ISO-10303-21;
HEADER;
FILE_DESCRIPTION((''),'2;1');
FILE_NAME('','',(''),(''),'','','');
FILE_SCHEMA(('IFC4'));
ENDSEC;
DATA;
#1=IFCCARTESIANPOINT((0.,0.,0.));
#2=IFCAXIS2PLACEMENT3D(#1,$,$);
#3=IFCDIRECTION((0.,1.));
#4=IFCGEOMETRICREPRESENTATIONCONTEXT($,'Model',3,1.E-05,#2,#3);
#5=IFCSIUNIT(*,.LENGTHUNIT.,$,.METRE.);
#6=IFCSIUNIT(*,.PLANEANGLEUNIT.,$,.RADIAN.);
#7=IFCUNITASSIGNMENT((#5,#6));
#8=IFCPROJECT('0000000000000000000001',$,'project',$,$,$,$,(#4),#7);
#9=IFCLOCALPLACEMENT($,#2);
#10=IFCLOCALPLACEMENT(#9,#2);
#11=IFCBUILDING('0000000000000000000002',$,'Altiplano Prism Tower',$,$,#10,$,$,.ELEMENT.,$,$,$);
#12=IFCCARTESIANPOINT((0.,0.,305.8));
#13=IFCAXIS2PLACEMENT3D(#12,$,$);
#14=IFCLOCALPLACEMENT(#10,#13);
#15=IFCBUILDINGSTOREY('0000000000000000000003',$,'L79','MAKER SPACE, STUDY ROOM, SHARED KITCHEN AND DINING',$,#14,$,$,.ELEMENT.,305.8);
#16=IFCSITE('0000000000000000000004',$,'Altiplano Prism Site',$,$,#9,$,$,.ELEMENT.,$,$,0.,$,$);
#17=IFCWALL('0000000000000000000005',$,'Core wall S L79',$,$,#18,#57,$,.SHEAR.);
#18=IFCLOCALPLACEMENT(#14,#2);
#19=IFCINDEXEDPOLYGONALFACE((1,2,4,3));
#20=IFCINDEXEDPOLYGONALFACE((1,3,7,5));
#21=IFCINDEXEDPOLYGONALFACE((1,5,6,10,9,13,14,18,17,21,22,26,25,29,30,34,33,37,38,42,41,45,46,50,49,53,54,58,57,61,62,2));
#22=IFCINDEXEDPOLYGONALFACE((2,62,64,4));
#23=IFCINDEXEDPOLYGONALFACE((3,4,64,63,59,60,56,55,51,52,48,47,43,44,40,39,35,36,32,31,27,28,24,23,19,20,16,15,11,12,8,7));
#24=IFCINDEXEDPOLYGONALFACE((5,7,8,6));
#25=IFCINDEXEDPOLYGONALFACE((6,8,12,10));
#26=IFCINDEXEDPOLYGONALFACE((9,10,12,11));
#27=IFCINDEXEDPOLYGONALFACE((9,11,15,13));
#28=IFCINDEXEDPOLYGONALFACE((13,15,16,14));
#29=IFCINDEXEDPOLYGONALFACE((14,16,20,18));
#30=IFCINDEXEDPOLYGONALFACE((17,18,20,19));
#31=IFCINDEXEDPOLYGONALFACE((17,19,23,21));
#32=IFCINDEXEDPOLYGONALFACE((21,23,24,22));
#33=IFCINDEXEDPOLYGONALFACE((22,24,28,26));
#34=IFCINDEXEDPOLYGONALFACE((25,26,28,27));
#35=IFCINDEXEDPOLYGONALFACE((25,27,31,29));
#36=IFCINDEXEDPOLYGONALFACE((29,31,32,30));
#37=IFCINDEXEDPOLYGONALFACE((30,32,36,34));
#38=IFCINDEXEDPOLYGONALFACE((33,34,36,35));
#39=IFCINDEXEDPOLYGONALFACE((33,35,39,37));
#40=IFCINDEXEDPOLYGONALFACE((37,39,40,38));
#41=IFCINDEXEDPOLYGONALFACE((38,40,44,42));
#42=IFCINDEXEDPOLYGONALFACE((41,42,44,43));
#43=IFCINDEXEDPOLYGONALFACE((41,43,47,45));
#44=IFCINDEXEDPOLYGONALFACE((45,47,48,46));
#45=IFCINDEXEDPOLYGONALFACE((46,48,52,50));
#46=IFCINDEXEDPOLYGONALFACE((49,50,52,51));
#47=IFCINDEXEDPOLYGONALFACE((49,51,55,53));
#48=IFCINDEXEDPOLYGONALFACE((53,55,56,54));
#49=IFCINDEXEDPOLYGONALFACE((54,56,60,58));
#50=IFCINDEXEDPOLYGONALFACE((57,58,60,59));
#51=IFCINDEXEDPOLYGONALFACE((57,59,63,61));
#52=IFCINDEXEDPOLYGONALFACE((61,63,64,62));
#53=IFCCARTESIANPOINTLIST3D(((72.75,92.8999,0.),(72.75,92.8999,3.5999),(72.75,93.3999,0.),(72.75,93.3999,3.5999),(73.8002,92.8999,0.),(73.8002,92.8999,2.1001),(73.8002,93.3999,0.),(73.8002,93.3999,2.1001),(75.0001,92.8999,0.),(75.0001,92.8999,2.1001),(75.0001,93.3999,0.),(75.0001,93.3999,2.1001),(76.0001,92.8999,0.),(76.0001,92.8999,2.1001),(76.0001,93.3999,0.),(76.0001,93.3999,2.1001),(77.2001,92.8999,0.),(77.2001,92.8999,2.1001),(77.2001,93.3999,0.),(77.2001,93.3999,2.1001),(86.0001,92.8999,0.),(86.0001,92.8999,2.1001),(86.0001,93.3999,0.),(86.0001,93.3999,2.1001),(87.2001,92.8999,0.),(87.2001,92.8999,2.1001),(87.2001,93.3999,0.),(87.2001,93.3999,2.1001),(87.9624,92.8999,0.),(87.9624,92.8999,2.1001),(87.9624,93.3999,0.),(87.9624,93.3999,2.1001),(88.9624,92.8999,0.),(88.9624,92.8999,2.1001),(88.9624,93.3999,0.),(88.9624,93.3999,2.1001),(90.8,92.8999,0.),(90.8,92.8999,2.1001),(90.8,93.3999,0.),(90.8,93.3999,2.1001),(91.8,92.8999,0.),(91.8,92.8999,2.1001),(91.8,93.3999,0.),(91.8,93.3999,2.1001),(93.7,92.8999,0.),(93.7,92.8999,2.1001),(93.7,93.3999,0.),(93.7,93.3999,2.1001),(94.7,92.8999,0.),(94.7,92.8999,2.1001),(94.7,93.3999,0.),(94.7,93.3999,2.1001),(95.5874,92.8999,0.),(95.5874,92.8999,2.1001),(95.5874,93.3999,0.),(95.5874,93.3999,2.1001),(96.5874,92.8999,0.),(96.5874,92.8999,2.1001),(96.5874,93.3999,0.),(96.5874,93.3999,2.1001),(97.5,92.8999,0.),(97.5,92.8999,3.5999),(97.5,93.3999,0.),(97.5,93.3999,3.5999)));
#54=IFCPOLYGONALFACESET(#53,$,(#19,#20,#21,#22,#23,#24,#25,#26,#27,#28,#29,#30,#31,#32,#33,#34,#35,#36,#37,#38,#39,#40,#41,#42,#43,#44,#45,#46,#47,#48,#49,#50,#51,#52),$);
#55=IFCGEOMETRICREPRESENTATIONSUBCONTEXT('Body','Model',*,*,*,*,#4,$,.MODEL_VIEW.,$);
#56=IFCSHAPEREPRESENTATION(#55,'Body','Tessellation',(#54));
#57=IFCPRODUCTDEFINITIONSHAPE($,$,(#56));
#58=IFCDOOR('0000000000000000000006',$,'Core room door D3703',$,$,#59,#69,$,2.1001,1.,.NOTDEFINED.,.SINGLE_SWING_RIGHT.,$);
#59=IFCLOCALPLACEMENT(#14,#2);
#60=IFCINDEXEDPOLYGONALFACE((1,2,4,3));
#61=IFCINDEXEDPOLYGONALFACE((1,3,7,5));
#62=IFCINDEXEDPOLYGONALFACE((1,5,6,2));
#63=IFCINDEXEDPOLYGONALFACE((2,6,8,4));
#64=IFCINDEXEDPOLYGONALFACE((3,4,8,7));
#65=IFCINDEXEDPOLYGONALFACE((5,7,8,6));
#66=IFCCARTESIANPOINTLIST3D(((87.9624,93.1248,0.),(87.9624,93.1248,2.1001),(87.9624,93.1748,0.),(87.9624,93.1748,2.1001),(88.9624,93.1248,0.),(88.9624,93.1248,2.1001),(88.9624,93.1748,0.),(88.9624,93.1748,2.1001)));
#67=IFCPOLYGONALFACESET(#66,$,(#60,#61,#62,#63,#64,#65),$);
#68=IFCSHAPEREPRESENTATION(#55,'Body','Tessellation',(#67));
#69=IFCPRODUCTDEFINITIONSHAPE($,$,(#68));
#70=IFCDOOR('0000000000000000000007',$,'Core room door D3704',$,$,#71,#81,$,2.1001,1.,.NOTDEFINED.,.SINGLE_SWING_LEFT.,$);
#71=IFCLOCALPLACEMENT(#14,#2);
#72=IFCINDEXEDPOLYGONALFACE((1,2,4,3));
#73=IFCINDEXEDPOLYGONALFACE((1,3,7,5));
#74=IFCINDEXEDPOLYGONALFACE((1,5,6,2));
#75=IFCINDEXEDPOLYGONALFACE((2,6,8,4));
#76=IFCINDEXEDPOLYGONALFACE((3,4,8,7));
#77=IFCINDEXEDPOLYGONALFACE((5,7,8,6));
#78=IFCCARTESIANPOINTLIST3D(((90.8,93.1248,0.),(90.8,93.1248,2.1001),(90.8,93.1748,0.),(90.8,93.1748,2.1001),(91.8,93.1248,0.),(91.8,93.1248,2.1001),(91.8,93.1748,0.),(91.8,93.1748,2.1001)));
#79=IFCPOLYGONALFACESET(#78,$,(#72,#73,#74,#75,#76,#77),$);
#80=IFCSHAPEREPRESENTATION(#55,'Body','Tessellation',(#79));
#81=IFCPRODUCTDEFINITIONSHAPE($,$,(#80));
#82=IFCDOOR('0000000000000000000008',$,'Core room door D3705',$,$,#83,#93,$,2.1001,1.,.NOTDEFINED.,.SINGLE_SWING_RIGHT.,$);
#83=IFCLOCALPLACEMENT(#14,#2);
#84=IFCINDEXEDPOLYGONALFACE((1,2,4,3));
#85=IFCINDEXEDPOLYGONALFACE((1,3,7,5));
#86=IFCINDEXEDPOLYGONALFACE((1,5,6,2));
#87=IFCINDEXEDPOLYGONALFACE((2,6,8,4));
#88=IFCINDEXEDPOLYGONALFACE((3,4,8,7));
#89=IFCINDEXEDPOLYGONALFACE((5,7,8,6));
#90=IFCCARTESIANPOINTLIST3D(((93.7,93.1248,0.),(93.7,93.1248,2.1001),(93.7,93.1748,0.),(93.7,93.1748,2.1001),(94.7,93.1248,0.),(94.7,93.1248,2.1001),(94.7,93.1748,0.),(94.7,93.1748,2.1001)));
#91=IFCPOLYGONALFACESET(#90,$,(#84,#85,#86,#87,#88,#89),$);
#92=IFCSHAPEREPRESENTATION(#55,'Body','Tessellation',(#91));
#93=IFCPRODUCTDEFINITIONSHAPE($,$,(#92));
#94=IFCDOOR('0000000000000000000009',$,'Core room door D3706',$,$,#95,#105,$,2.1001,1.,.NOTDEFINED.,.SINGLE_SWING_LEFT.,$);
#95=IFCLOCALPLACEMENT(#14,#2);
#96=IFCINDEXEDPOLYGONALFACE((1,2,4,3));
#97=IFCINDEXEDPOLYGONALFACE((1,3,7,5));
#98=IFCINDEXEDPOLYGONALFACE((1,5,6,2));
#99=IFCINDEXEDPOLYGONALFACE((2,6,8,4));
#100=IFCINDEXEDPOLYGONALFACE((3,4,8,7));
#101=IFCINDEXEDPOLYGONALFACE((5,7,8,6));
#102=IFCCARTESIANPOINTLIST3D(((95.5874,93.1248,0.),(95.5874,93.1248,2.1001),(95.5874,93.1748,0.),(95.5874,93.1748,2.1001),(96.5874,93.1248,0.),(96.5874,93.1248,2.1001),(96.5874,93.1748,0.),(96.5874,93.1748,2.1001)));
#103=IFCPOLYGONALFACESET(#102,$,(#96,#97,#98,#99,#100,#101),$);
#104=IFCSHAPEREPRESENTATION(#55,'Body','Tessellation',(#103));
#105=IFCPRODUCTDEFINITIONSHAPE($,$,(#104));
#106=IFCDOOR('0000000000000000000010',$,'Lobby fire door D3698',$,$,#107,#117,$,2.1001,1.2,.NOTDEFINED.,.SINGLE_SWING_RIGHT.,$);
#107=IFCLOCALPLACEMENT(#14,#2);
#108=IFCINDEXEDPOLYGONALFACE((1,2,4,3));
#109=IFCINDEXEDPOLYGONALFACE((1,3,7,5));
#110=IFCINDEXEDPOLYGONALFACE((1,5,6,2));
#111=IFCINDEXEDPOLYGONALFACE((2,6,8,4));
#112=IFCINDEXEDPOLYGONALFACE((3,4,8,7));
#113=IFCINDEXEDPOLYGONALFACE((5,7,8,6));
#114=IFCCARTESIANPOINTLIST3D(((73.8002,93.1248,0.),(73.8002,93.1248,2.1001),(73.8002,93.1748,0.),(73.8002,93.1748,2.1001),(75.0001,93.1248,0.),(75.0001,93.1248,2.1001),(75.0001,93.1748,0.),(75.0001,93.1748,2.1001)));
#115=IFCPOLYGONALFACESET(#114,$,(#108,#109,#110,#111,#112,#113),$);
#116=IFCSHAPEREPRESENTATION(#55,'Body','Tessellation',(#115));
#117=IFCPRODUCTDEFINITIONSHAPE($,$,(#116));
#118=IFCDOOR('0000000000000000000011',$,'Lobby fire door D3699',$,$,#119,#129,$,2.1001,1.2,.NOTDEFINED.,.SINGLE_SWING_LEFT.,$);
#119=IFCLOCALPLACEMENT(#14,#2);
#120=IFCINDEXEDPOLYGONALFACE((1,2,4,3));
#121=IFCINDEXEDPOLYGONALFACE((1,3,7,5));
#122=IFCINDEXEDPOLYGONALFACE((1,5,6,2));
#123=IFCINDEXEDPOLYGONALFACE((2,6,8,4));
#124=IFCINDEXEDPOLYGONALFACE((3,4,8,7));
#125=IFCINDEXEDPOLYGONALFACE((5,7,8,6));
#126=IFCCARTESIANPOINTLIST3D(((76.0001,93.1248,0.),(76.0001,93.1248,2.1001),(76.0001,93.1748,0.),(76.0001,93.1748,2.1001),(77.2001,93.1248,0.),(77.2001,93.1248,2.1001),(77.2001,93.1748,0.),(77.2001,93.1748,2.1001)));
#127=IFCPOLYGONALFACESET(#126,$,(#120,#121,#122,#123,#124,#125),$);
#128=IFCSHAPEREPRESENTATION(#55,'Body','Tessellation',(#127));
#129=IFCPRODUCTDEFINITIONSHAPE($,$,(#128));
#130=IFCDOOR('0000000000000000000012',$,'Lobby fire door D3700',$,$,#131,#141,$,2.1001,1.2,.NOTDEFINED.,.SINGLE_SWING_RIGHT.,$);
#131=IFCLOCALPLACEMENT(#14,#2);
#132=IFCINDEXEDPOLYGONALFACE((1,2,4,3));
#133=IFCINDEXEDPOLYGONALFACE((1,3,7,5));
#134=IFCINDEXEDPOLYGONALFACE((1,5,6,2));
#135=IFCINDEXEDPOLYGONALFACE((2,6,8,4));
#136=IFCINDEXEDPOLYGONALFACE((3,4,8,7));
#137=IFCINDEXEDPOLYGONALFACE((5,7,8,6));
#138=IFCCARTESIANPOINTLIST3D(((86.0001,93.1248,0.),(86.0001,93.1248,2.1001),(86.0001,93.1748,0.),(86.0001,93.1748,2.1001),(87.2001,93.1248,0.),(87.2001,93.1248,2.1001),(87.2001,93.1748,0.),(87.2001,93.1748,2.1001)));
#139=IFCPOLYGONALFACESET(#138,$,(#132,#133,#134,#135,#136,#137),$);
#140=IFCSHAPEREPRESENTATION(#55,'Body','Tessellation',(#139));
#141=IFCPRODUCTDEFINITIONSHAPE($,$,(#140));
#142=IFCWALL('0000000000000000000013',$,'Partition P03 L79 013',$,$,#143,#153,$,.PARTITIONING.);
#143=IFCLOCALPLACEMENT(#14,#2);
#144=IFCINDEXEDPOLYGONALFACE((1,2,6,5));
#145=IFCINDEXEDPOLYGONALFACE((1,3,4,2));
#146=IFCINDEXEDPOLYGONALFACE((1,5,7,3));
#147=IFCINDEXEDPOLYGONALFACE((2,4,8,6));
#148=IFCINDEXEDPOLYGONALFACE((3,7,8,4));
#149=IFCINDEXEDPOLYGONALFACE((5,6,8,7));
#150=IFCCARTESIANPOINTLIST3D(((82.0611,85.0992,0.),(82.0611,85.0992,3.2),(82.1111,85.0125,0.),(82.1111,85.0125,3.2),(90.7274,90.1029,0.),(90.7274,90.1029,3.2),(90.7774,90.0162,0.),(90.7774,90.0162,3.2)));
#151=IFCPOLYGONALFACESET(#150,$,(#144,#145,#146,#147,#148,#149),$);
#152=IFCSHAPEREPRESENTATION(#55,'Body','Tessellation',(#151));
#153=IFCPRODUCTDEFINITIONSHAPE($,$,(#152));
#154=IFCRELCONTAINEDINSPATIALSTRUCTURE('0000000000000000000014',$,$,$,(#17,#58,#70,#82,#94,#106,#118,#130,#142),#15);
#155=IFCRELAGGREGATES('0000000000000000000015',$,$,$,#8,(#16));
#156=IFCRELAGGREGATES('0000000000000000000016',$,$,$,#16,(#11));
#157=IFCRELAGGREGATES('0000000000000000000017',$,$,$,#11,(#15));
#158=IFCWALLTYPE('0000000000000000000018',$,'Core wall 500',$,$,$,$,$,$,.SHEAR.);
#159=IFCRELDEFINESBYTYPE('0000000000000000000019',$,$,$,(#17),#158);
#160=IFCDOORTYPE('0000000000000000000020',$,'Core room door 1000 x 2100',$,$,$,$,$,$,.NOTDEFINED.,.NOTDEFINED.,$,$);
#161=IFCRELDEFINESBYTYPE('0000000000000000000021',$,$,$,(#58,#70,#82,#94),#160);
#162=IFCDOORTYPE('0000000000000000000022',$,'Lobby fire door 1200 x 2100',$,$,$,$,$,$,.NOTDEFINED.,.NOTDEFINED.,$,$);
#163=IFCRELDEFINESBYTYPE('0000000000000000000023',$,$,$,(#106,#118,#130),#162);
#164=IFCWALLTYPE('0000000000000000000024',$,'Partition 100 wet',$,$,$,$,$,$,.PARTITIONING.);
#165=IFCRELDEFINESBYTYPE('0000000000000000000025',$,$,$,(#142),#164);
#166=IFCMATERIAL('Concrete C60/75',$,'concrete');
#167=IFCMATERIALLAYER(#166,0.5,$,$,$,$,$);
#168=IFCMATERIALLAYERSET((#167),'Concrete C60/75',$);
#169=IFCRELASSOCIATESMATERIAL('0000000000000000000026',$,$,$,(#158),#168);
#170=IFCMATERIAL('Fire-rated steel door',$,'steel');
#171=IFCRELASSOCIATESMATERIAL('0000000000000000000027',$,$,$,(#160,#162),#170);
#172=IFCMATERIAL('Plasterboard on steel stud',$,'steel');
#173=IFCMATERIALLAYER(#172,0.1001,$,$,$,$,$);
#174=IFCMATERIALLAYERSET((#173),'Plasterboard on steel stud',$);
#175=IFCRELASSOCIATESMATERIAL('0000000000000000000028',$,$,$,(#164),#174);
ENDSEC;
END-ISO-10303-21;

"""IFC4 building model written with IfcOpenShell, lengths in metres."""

from ifc_helpers import new_model, si_unit, direction, frame, frame_2d, origin, place, context, subcontext, project, spatial, rectangle, extrude, material, layer, layer_set, type_object, element, fill, save


model = new_model("IFC4")

# Units and contexts
model_context = context("Model", 3, precision=1e-05, world=origin(), true_north=direction((0.0, 1.0)))
body_context = subcontext(model_context, "Body", "Model", "MODEL_VIEW")
ifc_project = project(units=[si_unit("LENGTHUNIT", "METRE"), si_unit("PLANEANGLEUNIT", "RADIAN")], contexts=[model_context])

# Site, building, storey
site_placement = place(None, origin())
site = spatial("IfcSite", under=ifc_project, at=site_placement, Name="Altiplano Prism Site", CompositionType="ELEMENT", RefElevation=0.0)
building_placement = place(site_placement, origin())
building = spatial("IfcBuilding", under=site, at=building_placement, Name="Altiplano Prism Tower", CompositionType="ELEMENT")
storey_placement = place(building_placement, frame((0.0, 0.0, 305.8)))
storey = spatial("IfcBuildingStorey", under=building, at=storey_placement, Name="L79", Description="MAKER SPACE, STUDY ROOM, SHARED KITCHEN AND DINING", CompositionType="ELEMENT", Elevation=305.8)

# Shared definitions
ifc_material_1 = material(Name="Concrete C60/75", Category="concrete")

# Wall, openings, doors
ifc_layer_1 = layer(ifc_material_1, 0.5)
ifc_layer_set_1 = layer_set([ifc_layer_1], Name="Concrete C60/75")
wall_type_1 = type_object("IfcWallType", Name="Core wall 500", PredefinedType="SHEAR", material=ifc_layer_set_1)
wall_1_placement = place(storey_placement, frame((72.75, 93.1499, 0.0), z_axis=(0.0, 0.0, 1.0), x_axis=(1.0, 0.0, 0.0)))
wall_1 = element("IfcWall", 1, at=wall_1_placement, inside=storey, type_object=wall_type_1, Name="Core wall S L79", PredefinedType="SHEAR", context=body_context, shape_type="SweptSolid", body=[
    extrude(rectangle(XDim=24.75, YDim=0.5, at=frame_2d((12.375, 0.0))), origin(), (0.0, 0.0, 1.0), 3.5999),
])
opening_1_placement = place(wall_1_placement, frame((1.05, 0.0, 0.0)))
opening_1 = element("IfcOpeningElement", 2, at=opening_1_placement, cuts=wall_1, PredefinedType="OPENING", context=body_context, shape_type="SweptSolid", body=[
    extrude(rectangle(XDim=1.2, YDim=2.1001, at=frame_2d((0.6001, 1.05))), frame((0.0, 0.2605, 0.0), z_axis=(0.0, -1.0, 0.0), x_axis=(1.0, 0.0, 0.0)), (0.0, 0.0, 1.0), 0.521),
])
opening_2_placement = place(wall_1_placement, frame((3.25, 0.0, 0.0)))
opening_2 = element("IfcOpeningElement", 3, at=opening_2_placement, cuts=wall_1, PredefinedType="OPENING", context=body_context, shape_type="SweptSolid", body=[
    extrude(rectangle(XDim=1.2, YDim=2.1001, at=frame_2d((0.6001, 1.05))), frame((0.0, 0.2605, 0.0), z_axis=(0.0, -1.0, 0.0), x_axis=(1.0, 0.0, 0.0)), (0.0, 0.0, 1.0), 0.521),
])
opening_3_placement = place(wall_1_placement, frame((13.25, 0.0, 0.0)))
opening_3 = element("IfcOpeningElement", 4, at=opening_3_placement, cuts=wall_1, PredefinedType="OPENING", context=body_context, shape_type="SweptSolid", body=[
    extrude(rectangle(XDim=1.2, YDim=2.1001, at=frame_2d((0.6001, 1.05))), frame((0.0, 0.2605, 0.0), z_axis=(0.0, -1.0, 0.0), x_axis=(1.0, 0.0, 0.0)), (0.0, 0.0, 1.0), 0.521),
])
opening_4_placement = place(wall_1_placement, frame((15.2124, 0.0, 0.0)))
opening_4 = element("IfcOpeningElement", 5, at=opening_4_placement, cuts=wall_1, PredefinedType="OPENING", context=body_context, shape_type="SweptSolid", body=[
    extrude(rectangle(XDim=1.0, YDim=2.1001, at=frame_2d((0.5, 1.05))), frame((0.0, 0.2605, 0.0), z_axis=(0.0, -1.0, 0.0), x_axis=(1.0, 0.0, 0.0)), (0.0, 0.0, 1.0), 0.521),
])
opening_5_placement = place(wall_1_placement, frame((18.05, 0.0, 0.0)))
opening_5 = element("IfcOpeningElement", 6, at=opening_5_placement, cuts=wall_1, PredefinedType="OPENING", context=body_context, shape_type="SweptSolid", body=[
    extrude(rectangle(XDim=1.0, YDim=2.1001, at=frame_2d((0.5, 1.05))), frame((0.0, 0.2605, 0.0), z_axis=(0.0, -1.0, 0.0), x_axis=(1.0, 0.0, 0.0)), (0.0, 0.0, 1.0), 0.521),
])
opening_6_placement = place(wall_1_placement, frame((20.95, 0.0, 0.0)))
opening_6 = element("IfcOpeningElement", 7, at=opening_6_placement, cuts=wall_1, PredefinedType="OPENING", context=body_context, shape_type="SweptSolid", body=[
    extrude(rectangle(XDim=1.0, YDim=2.1001, at=frame_2d((0.5, 1.05))), frame((0.0, 0.2605, 0.0), z_axis=(0.0, -1.0, 0.0), x_axis=(1.0, 0.0, 0.0)), (0.0, 0.0, 1.0), 0.521),
])
opening_7_placement = place(wall_1_placement, frame((22.8374, 0.0, 0.0)))
opening_7 = element("IfcOpeningElement", 8, at=opening_7_placement, cuts=wall_1, PredefinedType="OPENING", context=body_context, shape_type="SweptSolid", body=[
    extrude(rectangle(XDim=1.0, YDim=2.1001, at=frame_2d((0.5, 1.05))), frame((0.0, 0.2605, 0.0), z_axis=(0.0, -1.0, 0.0), x_axis=(1.0, 0.0, 0.0)), (0.0, 0.0, 1.0), 0.521),
])
ifc_material_2 = material(Name="Fire-rated steel door", Category="steel")
door_type_1 = type_object("IfcDoorType", Name="Core room door 1000 x 2100", OperationType="NOTDEFINED", PredefinedType="NOTDEFINED", material=ifc_material_2)
door_1_placement = place(opening_4_placement, origin())
door_1 = element("IfcDoor", 9, at=door_1_placement, inside=storey, type_object=door_type_1, Name="Core room door D3703", OperationType="SINGLE_SWING_RIGHT", OverallHeight=2.1001, OverallWidth=1.0, PredefinedType="NOTDEFINED", context=body_context, shape_type="SweptSolid", body=[
    extrude(rectangle(XDim=1.0, YDim=2.1001, at=frame_2d((0.5, 1.05))), frame((0.0, 0.0249, 0.0), z_axis=(0.0, -1.0, 0.0), x_axis=(1.0, 0.0, 0.0)), (0.0, 0.0, 1.0), 0.05),
])
fill(opening_4, door_1)
door_2_placement = place(opening_5_placement, origin())
door_2 = element("IfcDoor", 10, at=door_2_placement, inside=storey, type_object=door_type_1, Name="Core room door D3704", OperationType="SINGLE_SWING_LEFT", OverallHeight=2.1001, OverallWidth=1.0, PredefinedType="NOTDEFINED", context=body_context, shape_type="SweptSolid", body=[
    extrude(rectangle(XDim=1.0, YDim=2.1001, at=frame_2d((0.5, 1.05))), frame((0.0, 0.0249, 0.0), z_axis=(0.0, -1.0, 0.0), x_axis=(1.0, 0.0, 0.0)), (0.0, 0.0, 1.0), 0.05),
])
fill(opening_5, door_2)
door_3_placement = place(opening_6_placement, origin())
door_3 = element("IfcDoor", 11, at=door_3_placement, inside=storey, type_object=door_type_1, Name="Core room door D3705", OperationType="SINGLE_SWING_RIGHT", OverallHeight=2.1001, OverallWidth=1.0, PredefinedType="NOTDEFINED", context=body_context, shape_type="SweptSolid", body=[
    extrude(rectangle(XDim=1.0, YDim=2.1001, at=frame_2d((0.5, 1.05))), frame((0.0, 0.0249, 0.0), z_axis=(0.0, -1.0, 0.0), x_axis=(1.0, 0.0, 0.0)), (0.0, 0.0, 1.0), 0.05),
])
fill(opening_6, door_3)
door_4_placement = place(opening_7_placement, origin())
door_4 = element("IfcDoor", 12, at=door_4_placement, inside=storey, type_object=door_type_1, Name="Core room door D3706", OperationType="SINGLE_SWING_LEFT", OverallHeight=2.1001, OverallWidth=1.0, PredefinedType="NOTDEFINED", context=body_context, shape_type="SweptSolid", body=[
    extrude(rectangle(XDim=1.0, YDim=2.1001, at=frame_2d((0.5, 1.05))), frame((0.0, 0.0249, 0.0), z_axis=(0.0, -1.0, 0.0), x_axis=(1.0, 0.0, 0.0)), (0.0, 0.0, 1.0), 0.05),
])
fill(opening_7, door_4)
door_type_2 = type_object("IfcDoorType", Name="Lobby fire door 1200 x 2100", OperationType="NOTDEFINED", PredefinedType="NOTDEFINED", material=ifc_material_2)
door_5_placement = place(opening_1_placement, origin())
door_5 = element("IfcDoor", 13, at=door_5_placement, inside=storey, type_object=door_type_2, Name="Lobby fire door D3698", OperationType="SINGLE_SWING_RIGHT", OverallHeight=2.1001, OverallWidth=1.2, PredefinedType="NOTDEFINED", context=body_context, shape_type="SweptSolid", body=[
    extrude(rectangle(XDim=1.2, YDim=2.1001, at=frame_2d((0.6001, 1.05))), frame((0.0, 0.0249, 0.0), z_axis=(0.0, -1.0, 0.0), x_axis=(1.0, 0.0, 0.0)), (0.0, 0.0, 1.0), 0.05),
])
fill(opening_1, door_5)
door_6_placement = place(opening_2_placement, origin())
door_6 = element("IfcDoor", 14, at=door_6_placement, inside=storey, type_object=door_type_2, Name="Lobby fire door D3699", OperationType="SINGLE_SWING_LEFT", OverallHeight=2.1001, OverallWidth=1.2, PredefinedType="NOTDEFINED", context=body_context, shape_type="SweptSolid", body=[
    extrude(rectangle(XDim=1.2, YDim=2.1001, at=frame_2d((0.6001, 1.05))), frame((0.0, 0.0249, 0.0), z_axis=(0.0, -1.0, 0.0), x_axis=(1.0, 0.0, 0.0)), (0.0, 0.0, 1.0), 0.05),
])
fill(opening_2, door_6)
door_7_placement = place(opening_3_placement, origin())
door_7 = element("IfcDoor", 15, at=door_7_placement, inside=storey, type_object=door_type_2, Name="Lobby fire door D3700", OperationType="SINGLE_SWING_RIGHT", OverallHeight=2.1001, OverallWidth=1.2, PredefinedType="NOTDEFINED", context=body_context, shape_type="SweptSolid", body=[
    extrude(rectangle(XDim=1.2, YDim=2.1001, at=frame_2d((0.6001, 1.05))), frame((0.0, 0.0249, 0.0), z_axis=(0.0, -1.0, 0.0), x_axis=(1.0, 0.0, 0.0)), (0.0, 0.0, 1.0), 0.05),
])
fill(opening_3, door_7)

# Wall
ifc_material_3 = material(Name="Plasterboard on steel stud", Category="steel")
ifc_layer_2 = layer(ifc_material_3, 0.1001)
ifc_layer_set_2 = layer_set([ifc_layer_2], Name="Plasterboard on steel stud")
wall_type_2 = type_object("IfcWallType", Name="Partition 100 wet", PredefinedType="PARTITIONING", material=ifc_layer_set_2)
wall_2_placement = place(storey_placement, frame((82.0862, 85.0559, 0.0), z_axis=(0.0, 0.0, 1.0), x_axis=(0.866017, 0.500015, 0.0)))
element("IfcWall", 16, at=wall_2_placement, inside=storey, type_object=wall_type_2, Name="Partition P03 L79 013", PredefinedType="PARTITIONING", context=body_context, shape_type="SweptSolid", body=[
    extrude(rectangle(XDim=10.0071, YDim=0.1001, at=frame_2d((5.0034, 0.0))), origin(), (0.0, 0.0, 1.0), 3.2),
])

save(model, "model.ifc")
